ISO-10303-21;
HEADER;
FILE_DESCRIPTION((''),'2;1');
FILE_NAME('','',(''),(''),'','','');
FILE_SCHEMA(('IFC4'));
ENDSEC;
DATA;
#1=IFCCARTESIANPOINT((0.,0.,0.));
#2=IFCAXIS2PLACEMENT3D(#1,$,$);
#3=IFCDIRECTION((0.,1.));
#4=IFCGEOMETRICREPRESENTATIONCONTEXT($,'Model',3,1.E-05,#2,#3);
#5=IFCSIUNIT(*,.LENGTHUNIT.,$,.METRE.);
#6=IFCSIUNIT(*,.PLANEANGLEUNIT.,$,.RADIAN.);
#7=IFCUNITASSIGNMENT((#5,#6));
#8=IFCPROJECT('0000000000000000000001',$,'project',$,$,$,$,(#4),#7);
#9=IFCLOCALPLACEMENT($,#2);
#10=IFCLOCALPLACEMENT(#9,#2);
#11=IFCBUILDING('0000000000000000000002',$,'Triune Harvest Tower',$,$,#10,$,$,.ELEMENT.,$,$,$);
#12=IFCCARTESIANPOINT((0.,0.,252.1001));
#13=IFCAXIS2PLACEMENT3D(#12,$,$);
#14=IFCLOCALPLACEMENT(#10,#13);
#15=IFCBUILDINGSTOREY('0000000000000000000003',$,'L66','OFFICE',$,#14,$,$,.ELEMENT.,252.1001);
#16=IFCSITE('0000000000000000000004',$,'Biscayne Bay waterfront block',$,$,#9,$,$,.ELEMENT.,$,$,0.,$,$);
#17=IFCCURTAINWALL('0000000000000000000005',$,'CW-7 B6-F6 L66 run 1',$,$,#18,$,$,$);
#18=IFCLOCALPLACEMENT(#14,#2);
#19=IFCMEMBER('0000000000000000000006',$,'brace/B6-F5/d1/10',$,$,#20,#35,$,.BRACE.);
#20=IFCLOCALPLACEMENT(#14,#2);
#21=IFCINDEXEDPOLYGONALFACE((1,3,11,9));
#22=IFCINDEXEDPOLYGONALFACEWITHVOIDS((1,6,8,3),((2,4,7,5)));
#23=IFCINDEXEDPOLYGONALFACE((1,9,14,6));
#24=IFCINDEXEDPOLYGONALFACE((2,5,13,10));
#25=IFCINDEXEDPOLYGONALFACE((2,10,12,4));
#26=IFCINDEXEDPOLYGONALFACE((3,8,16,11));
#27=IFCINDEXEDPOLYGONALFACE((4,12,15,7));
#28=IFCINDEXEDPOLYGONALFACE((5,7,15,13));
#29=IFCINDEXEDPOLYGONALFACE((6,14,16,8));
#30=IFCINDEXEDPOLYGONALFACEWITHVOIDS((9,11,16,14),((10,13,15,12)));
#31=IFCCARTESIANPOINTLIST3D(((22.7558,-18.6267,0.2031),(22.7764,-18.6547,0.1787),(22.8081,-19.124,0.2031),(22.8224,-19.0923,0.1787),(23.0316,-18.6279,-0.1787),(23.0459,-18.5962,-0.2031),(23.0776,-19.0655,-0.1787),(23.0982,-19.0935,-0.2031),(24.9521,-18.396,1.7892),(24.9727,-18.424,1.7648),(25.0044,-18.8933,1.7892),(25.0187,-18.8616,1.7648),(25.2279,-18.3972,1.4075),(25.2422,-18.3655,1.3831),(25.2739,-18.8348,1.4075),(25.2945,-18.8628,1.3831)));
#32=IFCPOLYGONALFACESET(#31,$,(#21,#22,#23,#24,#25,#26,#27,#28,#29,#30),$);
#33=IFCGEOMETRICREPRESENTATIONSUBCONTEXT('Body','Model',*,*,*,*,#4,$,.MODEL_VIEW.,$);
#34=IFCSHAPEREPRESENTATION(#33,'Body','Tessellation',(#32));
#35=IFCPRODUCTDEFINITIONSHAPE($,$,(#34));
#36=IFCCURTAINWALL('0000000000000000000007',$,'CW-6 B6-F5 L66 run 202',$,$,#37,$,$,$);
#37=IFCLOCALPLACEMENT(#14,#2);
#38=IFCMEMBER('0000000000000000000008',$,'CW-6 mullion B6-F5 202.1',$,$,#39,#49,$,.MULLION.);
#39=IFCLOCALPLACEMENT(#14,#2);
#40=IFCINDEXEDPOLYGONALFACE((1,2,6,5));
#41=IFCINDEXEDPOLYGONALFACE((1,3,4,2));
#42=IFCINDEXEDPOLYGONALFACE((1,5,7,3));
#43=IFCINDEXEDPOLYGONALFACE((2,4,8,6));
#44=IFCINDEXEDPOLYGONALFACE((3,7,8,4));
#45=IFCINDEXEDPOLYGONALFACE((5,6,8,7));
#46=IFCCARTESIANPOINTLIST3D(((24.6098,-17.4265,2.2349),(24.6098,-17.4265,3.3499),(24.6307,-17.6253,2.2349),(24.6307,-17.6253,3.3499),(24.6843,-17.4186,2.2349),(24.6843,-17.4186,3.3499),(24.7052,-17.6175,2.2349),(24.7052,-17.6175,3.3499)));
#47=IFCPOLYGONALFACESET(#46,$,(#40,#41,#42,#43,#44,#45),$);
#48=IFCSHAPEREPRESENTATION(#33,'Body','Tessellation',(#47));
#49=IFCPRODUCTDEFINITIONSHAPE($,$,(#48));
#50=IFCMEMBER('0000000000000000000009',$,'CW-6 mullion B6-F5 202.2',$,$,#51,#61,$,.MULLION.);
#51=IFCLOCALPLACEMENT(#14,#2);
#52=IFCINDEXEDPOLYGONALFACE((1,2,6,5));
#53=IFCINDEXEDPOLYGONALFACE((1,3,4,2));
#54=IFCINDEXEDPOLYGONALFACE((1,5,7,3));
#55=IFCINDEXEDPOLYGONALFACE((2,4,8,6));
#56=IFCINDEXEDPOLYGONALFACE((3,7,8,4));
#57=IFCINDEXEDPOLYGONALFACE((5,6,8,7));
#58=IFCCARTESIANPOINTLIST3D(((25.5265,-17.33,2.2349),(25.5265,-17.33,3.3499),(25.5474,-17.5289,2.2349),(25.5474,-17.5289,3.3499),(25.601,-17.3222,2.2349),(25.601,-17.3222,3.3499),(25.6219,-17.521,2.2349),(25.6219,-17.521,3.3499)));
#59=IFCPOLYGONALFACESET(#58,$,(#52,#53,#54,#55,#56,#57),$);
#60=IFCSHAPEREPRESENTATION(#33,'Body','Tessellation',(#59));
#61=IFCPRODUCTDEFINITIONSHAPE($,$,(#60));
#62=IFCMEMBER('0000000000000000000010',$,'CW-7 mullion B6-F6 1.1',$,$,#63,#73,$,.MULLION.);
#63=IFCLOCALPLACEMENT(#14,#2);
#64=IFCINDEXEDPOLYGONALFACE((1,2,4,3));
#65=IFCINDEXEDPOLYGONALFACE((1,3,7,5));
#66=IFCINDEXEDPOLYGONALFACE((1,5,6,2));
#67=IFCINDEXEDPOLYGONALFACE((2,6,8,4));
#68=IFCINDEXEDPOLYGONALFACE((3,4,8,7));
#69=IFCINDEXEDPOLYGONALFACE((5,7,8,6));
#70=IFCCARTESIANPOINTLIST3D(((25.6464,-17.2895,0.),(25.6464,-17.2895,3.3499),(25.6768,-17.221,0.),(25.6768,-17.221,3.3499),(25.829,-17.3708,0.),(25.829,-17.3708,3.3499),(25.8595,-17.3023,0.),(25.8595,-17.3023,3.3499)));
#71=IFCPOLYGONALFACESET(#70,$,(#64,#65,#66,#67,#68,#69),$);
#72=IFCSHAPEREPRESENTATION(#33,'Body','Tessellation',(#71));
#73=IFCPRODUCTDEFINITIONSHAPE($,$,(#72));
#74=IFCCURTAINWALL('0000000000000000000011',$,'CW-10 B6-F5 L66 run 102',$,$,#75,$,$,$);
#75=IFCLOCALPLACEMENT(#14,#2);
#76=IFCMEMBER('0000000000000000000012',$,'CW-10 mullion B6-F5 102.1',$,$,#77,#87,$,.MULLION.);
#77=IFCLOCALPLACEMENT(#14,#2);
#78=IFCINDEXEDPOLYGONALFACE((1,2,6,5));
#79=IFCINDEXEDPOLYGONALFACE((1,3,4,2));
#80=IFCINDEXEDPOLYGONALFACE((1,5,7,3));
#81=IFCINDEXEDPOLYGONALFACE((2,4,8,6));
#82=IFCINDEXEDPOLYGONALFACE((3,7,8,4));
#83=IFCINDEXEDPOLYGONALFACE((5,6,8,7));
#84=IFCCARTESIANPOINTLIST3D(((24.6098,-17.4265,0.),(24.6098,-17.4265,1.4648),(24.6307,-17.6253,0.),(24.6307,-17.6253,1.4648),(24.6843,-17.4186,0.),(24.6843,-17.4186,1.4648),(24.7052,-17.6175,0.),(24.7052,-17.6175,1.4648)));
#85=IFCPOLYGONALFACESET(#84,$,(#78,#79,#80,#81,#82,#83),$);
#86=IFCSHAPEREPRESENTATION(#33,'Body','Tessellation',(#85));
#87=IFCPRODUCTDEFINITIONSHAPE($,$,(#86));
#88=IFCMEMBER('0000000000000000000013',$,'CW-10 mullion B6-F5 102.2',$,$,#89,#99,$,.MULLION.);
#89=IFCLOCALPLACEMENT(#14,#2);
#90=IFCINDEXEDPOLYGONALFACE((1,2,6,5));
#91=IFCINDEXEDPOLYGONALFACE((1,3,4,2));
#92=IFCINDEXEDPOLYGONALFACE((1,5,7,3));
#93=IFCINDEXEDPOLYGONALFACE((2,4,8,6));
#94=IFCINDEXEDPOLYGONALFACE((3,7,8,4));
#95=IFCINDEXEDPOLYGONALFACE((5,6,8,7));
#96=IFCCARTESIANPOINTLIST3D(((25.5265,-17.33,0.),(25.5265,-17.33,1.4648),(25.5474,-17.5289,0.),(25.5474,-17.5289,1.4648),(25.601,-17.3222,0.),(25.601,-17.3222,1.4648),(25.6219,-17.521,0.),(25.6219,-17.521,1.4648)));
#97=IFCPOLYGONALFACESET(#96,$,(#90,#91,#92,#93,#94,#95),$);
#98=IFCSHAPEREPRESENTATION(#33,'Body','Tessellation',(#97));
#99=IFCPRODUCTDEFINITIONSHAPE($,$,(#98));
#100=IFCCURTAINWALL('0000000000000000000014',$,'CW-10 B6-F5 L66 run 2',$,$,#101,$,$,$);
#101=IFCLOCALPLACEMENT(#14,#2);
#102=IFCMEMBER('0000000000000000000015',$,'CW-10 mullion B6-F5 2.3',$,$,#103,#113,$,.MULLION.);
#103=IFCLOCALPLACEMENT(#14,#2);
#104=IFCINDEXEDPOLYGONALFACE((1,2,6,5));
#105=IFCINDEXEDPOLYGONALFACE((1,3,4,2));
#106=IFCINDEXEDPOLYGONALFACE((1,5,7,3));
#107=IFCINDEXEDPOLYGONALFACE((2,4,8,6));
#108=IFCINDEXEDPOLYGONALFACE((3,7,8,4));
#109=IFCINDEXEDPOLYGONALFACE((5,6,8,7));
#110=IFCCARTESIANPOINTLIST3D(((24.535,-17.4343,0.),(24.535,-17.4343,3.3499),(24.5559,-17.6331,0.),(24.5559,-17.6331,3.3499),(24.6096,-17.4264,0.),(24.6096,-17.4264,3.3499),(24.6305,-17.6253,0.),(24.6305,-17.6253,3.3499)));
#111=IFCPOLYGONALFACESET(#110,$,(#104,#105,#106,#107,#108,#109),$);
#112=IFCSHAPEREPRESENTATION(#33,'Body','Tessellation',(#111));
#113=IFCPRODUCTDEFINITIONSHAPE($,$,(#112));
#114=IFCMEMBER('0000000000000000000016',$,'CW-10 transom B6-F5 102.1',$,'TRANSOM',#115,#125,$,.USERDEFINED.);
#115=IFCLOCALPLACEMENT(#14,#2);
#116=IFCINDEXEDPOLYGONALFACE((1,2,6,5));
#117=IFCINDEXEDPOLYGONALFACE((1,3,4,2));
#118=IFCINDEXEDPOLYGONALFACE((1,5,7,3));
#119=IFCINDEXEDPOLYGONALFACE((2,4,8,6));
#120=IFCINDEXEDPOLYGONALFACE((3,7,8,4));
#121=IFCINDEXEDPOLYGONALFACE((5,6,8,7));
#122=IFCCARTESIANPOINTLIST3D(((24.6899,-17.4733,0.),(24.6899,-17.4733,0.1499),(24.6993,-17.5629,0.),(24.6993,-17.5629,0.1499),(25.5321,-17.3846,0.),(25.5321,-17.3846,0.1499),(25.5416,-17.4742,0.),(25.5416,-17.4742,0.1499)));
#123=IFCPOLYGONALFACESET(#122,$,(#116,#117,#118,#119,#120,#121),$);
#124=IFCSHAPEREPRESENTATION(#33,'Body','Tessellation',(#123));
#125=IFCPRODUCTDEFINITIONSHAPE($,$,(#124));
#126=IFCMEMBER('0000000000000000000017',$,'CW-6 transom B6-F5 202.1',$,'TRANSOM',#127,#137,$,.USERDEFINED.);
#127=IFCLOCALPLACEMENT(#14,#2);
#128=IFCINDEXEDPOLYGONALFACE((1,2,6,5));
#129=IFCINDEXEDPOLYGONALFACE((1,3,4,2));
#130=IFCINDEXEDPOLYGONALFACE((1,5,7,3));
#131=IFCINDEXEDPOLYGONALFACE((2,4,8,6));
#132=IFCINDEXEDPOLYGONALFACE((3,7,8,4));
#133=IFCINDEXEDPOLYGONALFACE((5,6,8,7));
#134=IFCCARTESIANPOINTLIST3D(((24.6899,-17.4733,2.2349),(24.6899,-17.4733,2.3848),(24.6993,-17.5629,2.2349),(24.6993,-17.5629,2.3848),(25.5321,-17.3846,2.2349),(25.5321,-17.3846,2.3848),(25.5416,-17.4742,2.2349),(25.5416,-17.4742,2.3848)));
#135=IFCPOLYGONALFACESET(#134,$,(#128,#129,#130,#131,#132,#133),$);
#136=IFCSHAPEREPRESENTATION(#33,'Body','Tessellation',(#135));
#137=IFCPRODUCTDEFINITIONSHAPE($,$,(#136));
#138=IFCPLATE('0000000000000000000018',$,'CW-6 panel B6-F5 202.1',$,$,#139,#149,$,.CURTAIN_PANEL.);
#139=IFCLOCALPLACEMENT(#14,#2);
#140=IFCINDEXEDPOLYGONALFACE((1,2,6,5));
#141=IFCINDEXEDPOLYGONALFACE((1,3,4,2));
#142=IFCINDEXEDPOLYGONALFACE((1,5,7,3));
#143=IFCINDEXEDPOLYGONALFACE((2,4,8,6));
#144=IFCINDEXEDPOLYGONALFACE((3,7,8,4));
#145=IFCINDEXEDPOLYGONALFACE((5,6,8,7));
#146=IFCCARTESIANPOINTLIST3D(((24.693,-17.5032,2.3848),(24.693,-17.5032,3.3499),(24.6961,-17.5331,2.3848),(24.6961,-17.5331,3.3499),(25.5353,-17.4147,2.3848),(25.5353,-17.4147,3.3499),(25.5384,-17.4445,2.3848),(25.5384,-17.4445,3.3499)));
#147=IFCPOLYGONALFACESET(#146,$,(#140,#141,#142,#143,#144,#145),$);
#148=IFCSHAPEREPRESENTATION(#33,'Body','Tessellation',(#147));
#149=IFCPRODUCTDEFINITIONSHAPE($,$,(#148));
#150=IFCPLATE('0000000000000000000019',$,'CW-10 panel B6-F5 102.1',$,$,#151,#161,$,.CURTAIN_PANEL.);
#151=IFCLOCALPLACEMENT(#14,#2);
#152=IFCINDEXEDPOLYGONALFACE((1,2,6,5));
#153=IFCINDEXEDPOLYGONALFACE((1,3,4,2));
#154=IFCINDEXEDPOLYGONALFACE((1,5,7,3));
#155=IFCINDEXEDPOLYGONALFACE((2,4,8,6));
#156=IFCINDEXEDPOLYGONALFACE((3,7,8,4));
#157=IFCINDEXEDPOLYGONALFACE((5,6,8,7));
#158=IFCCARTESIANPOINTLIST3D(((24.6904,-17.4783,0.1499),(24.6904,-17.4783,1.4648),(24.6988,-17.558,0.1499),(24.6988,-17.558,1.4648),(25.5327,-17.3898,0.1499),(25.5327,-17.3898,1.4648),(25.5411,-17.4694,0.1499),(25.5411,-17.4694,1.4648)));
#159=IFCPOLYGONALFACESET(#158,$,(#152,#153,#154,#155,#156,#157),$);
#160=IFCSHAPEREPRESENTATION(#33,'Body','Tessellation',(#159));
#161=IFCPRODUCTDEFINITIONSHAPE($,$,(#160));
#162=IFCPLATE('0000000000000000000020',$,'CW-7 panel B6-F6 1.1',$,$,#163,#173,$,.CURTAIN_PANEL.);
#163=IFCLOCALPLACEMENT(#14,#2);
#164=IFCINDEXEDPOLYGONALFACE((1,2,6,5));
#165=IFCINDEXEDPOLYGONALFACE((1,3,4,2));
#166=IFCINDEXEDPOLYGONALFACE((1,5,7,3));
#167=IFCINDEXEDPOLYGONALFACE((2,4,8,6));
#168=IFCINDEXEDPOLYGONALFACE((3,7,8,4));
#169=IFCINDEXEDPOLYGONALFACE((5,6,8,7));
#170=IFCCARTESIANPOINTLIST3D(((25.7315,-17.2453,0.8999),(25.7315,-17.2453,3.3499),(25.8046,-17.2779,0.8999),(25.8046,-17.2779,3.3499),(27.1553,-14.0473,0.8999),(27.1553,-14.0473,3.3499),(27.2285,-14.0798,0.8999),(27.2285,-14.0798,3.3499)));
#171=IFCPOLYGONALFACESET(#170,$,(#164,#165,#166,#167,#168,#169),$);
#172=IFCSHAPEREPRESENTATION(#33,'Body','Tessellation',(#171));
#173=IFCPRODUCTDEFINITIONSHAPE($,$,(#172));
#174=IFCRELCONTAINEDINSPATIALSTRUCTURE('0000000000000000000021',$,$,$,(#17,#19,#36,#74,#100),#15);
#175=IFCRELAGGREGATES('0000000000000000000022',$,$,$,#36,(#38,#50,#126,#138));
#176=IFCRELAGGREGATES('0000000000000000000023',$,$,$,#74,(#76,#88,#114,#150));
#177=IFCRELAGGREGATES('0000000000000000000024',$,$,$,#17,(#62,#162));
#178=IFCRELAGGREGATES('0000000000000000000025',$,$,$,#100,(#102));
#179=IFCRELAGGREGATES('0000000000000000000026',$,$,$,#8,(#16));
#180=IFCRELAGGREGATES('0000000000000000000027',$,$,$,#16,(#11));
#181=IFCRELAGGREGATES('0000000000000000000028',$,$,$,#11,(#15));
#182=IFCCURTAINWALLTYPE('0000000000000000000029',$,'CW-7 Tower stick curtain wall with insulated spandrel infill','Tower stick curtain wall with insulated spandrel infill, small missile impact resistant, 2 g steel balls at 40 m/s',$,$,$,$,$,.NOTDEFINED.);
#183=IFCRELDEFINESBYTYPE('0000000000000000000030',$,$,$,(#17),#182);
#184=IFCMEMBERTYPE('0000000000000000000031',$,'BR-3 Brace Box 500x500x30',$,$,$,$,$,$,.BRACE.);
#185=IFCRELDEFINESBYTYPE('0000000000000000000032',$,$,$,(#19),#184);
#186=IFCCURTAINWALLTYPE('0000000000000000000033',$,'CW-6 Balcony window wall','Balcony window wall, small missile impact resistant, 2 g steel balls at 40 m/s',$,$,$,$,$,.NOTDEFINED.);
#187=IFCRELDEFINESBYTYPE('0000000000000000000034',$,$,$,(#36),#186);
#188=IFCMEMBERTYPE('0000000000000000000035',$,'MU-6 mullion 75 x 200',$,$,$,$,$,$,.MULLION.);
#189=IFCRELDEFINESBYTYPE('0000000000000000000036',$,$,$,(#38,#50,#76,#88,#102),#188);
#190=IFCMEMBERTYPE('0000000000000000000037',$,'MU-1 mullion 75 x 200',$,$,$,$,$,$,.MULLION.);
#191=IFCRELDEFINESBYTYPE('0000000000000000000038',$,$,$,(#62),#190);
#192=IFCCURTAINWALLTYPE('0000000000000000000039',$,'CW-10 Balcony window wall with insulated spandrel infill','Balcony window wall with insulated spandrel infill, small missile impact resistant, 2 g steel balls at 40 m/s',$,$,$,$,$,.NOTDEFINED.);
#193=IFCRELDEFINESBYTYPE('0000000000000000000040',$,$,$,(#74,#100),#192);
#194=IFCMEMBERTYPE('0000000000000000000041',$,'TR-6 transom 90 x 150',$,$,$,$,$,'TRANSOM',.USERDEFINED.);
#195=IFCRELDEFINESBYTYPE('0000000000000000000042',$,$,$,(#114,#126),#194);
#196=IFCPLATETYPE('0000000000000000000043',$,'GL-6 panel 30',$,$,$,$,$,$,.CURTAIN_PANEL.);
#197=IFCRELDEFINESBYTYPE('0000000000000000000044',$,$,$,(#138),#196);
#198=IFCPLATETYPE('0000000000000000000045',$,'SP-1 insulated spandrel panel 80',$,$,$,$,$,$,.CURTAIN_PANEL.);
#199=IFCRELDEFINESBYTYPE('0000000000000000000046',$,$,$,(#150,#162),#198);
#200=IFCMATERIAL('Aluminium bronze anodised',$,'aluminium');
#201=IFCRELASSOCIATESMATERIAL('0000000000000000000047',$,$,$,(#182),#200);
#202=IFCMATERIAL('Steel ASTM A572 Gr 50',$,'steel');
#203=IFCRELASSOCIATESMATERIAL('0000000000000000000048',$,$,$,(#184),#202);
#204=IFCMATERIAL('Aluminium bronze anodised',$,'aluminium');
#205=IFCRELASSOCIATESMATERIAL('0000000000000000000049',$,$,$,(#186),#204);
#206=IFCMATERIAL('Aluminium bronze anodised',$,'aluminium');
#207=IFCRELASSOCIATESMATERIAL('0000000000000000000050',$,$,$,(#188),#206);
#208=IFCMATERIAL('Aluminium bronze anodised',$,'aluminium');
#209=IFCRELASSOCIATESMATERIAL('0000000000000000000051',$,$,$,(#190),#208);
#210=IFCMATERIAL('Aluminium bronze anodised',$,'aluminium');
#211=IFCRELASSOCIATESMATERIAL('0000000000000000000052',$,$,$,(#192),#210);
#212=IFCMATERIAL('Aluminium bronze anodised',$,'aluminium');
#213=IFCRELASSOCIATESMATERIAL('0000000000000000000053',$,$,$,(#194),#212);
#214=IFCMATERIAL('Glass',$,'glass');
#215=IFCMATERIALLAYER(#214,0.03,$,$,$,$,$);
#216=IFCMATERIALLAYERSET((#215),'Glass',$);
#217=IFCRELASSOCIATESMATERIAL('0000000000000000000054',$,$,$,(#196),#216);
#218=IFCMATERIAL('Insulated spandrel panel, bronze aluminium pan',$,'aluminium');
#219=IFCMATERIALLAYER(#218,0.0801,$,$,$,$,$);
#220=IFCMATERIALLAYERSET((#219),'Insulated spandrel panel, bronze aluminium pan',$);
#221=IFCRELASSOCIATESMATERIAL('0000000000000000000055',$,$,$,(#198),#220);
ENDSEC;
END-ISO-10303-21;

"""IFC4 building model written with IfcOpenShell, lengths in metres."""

from ifc_helpers import new_model, si_unit, direction, frame, origin, origin_2d, place, context, subcontext, project, spatial, rectangle, hollow_rectangle, extrude, source, transform, mapped, material, layer, layer_set, material_profile, profile_set, type_object, element, aggregate, save


model = new_model("IFC4")

# Units and contexts
model_context = context("Model", 3, precision=1e-05, world=origin(), true_north=direction((0.0, 1.0)))
body_context = subcontext(model_context, "Body", "Model", "MODEL_VIEW")
ifc_project = project(units=[si_unit("LENGTHUNIT", "METRE"), si_unit("PLANEANGLEUNIT", "RADIAN")], contexts=[model_context])

# Site, building, storey
site_placement = place(None, origin())
site = spatial("IfcSite", under=ifc_project, at=site_placement, Name="Biscayne Bay waterfront block", CompositionType="ELEMENT", RefElevation=0.0)
building_placement = place(site_placement, origin())
building = spatial("IfcBuilding", under=site, at=building_placement, Name="Triune Harvest Tower", CompositionType="ELEMENT")
storey_placement = place(building_placement, frame((0.0, 0.0, 252.1001)))
storey = spatial("IfcBuildingStorey", under=building, at=storey_placement, Name="L66", Description="OFFICE", CompositionType="ELEMENT", Elevation=252.1001)

# Curtain wall
ifc_material_1 = material(Name="Aluminium bronze anodised", Category="aluminium")
curtain_wall_type_1 = type_object("IfcCurtainWallType", Name="CW-7 Tower stick curtain wall with insulated spandrel infill", Description="Tower stick curtain wall with insulated spandrel infill, small missile impact resistant, 2 g steel balls at 40 m/s", PredefinedType="NOTDEFINED", material=ifc_material_1)
curtain_wall_1_placement = place(storey_placement, origin())
curtain_wall_1 = element("IfcCurtainWall", 1, at=curtain_wall_1_placement, inside=storey, type_object=curtain_wall_type_1, Name="CW-7 B6-F6 L66 run 1")

# Member
ifc_material_2 = material(Name="Steel ASTM A572 Gr 50", Category="steel")
ifc_material_profile_1 = material_profile(ifc_material_2, hollow_rectangle(XDim=0.5, YDim=0.5, WallThickness=0.03, at=origin_2d()), Name="Box 500x500x30")
ifc_profile_set_1 = profile_set([ifc_material_profile_1], Name="Steel ASTM A572 Gr 50")
member_type_1 = type_object("IfcMemberType", Name="BR-3 Brace Box 500x500x30", PredefinedType="BRACE", material=ifc_profile_set_1)
shared_shape_1 = source(origin(), body_context, "Body", "SweptSolid", [
    extrude(hollow_rectangle(XDim=0.5, YDim=0.5, WallThickness=0.03, at=origin_2d()), origin(), (0.0, 0.0, 1.0), 2.719),
])
member_1_placement = place(storey_placement, frame((22.927, -18.8601, 0.0), z_axis=(0.80776, 0.084853, 0.583372), x_axis=(-0.104472, 0.994528, 0.0)))
element("IfcMember", 2, at=member_1_placement, inside=storey, type_object=member_type_1, Name="brace/B6-F5/d1/10", PredefinedType="BRACE", context=body_context, shape_type="MappedRepresentation", body=[
    mapped(shared_shape_1, transform((0.0, 0.0, 0.0), scale=1.0)),
])

# Curtain wall, members
ifc_material_3 = material(Name="Aluminium bronze anodised", Category="aluminium")
curtain_wall_type_2 = type_object("IfcCurtainWallType", Name="CW-6 Balcony window wall", Description="Balcony window wall, small missile impact resistant, 2 g steel balls at 40 m/s", PredefinedType="NOTDEFINED", material=ifc_material_3)
curtain_wall_2_placement = place(storey_placement, origin())
curtain_wall_2 = element("IfcCurtainWall", 3, at=curtain_wall_2_placement, inside=storey, type_object=curtain_wall_type_2, Name="CW-6 B6-F5 L66 run 202")
ifc_material_4 = material(Name="Aluminium bronze anodised", Category="aluminium")
ifc_material_profile_2 = material_profile(ifc_material_4, rectangle(XDim=0.2, YDim=0.075, at=origin_2d()), Name="MU-6 mullion 75 x 200")
ifc_profile_set_2 = profile_set([ifc_material_profile_2], Name="Aluminium bronze anodised")
member_type_2 = type_object("IfcMemberType", Name="MU-6 mullion 75 x 200", PredefinedType="MULLION", material=ifc_profile_set_2)
shared_shape_2 = source(origin(), body_context, "Body", "SweptSolid", [
    extrude(rectangle(XDim=0.2, YDim=0.075, at=origin_2d()), origin(), (0.0, 0.0, 1.0), 1.115),
])
member_2_placement = place(storey_placement, frame((24.6575, -17.522, 2.2349), z_axis=(0.0, 0.0, 1.0), x_axis=(-0.104528, 0.994522, 0.0)))
member_2 = element("IfcMember", 4, at=member_2_placement, type_object=member_type_2, Name="CW-6 mullion B6-F5 202.1", PredefinedType="MULLION", context=body_context, shape_type="MappedRepresentation", body=[
    mapped(shared_shape_2, transform((0.0, 0.0, 0.0), scale=1.0)),
])
member_3_placement = place(storey_placement, frame((25.5742, -17.4255, 2.2349), z_axis=(0.0, 0.0, 1.0), x_axis=(-0.104528, 0.994522, 0.0)))
member_3 = element("IfcMember", 5, at=member_3_placement, type_object=member_type_2, Name="CW-6 mullion B6-F5 202.2", PredefinedType="MULLION", context=body_context, shape_type="MappedRepresentation", body=[
    mapped(shared_shape_2, transform((0.0, 0.0, 0.0), scale=1.0)),
])

# Member
ifc_material_5 = material(Name="Aluminium bronze anodised", Category="aluminium")
ifc_material_profile_3 = material_profile(ifc_material_5, rectangle(XDim=0.2, YDim=0.075, at=origin_2d()), Name="MU-1 mullion 75 x 200")
ifc_profile_set_3 = profile_set([ifc_material_profile_3], Name="Aluminium bronze anodised")
member_type_3 = type_object("IfcMemberType", Name="MU-1 mullion 75 x 200", PredefinedType="MULLION", material=ifc_profile_set_3)
shared_shape_3 = source(origin(), body_context, "Body", "SweptSolid", [
    extrude(rectangle(XDim=0.2, YDim=0.075, at=origin_2d()), origin(), (0.0, 0.0, 1.0), 3.3499),
])
member_4_placement = place(storey_placement, frame((25.7529, -17.2959, 0.0), z_axis=(0.0, 0.0, 1.0), x_axis=(-0.913544, 0.406739, 0.0)))
member_4 = element("IfcMember", 6, at=member_4_placement, type_object=member_type_3, Name="CW-7 mullion B6-F6 1.1", PredefinedType="MULLION", context=body_context, shape_type="MappedRepresentation", body=[
    mapped(shared_shape_3, transform((0.0, 0.0, 0.0), scale=1.0)),
])

# Curtain wall, members
ifc_material_6 = material(Name="Aluminium bronze anodised", Category="aluminium")
curtain_wall_type_3 = type_object("IfcCurtainWallType", Name="CW-10 Balcony window wall with insulated spandrel infill", Description="Balcony window wall with insulated spandrel infill, small missile impact resistant, 2 g steel balls at 40 m/s", PredefinedType="NOTDEFINED", material=ifc_material_6)
curtain_wall_3_placement = place(storey_placement, origin())
curtain_wall_3 = element("IfcCurtainWall", 7, at=curtain_wall_3_placement, inside=storey, type_object=curtain_wall_type_3, Name="CW-10 B6-F5 L66 run 102")
shared_shape_4 = source(origin(), body_context, "Body", "SweptSolid", [
    extrude(rectangle(XDim=0.2, YDim=0.075, at=origin_2d()), origin(), (0.0, 0.0, 1.0), 1.4648),
])
member_5_placement = place(storey_placement, frame((24.6575, -17.522, 0.0), z_axis=(0.0, 0.0, 1.0), x_axis=(-0.104528, 0.994522, 0.0)))
member_5 = element("IfcMember", 8, at=member_5_placement, type_object=member_type_2, Name="CW-10 mullion B6-F5 102.1", PredefinedType="MULLION", context=body_context, shape_type="MappedRepresentation", body=[
    mapped(shared_shape_4, transform((0.0, 0.0, 0.0), scale=1.0)),
])
member_6_placement = place(storey_placement, frame((25.5742, -17.4255, 0.0), z_axis=(0.0, 0.0, 1.0), x_axis=(-0.104528, 0.994522, 0.0)))
member_6 = element("IfcMember", 9, at=member_6_placement, type_object=member_type_2, Name="CW-10 mullion B6-F5 102.2", PredefinedType="MULLION", context=body_context, shape_type="MappedRepresentation", body=[
    mapped(shared_shape_4, transform((0.0, 0.0, 0.0), scale=1.0)),
])

# Curtain wall, member
curtain_wall_4_placement = place(storey_placement, origin())
curtain_wall_4 = element("IfcCurtainWall", 10, at=curtain_wall_4_placement, inside=storey, type_object=curtain_wall_type_3, Name="CW-10 B6-F5 L66 run 2")
shared_shape_5 = source(origin(), body_context, "Body", "SweptSolid", [
    extrude(rectangle(XDim=0.2, YDim=0.075, at=origin_2d()), origin(), (0.0, 0.0, 1.0), 3.3499),
])
member_7_placement = place(storey_placement, frame((24.5828, -17.5298, 0.0), z_axis=(0.0, 0.0, 1.0), x_axis=(-0.104533, 0.994521, 0.0)))
member_7 = element("IfcMember", 11, at=member_7_placement, type_object=member_type_2, Name="CW-10 mullion B6-F5 2.3", PredefinedType="MULLION", context=body_context, shape_type="MappedRepresentation", body=[
    mapped(shared_shape_5, transform((0.0, 0.0, 0.0), scale=1.0)),
])

# Members
ifc_material_7 = material(Name="Aluminium bronze anodised", Category="aluminium")
ifc_material_profile_4 = material_profile(ifc_material_7, rectangle(XDim=0.0901, YDim=0.1499, at=origin_2d()), Name="TR-6 transom 90 x 150")
ifc_profile_set_4 = profile_set([ifc_material_profile_4], Name="Aluminium bronze anodised")
member_type_4 = type_object("IfcMemberType", Name="TR-6 transom 90 x 150", ElementType="TRANSOM", PredefinedType="USERDEFINED", material=ifc_profile_set_4)
shared_shape_6 = source(origin(), body_context, "Body", "SweptSolid", [
    extrude(rectangle(XDim=0.0901, YDim=0.1499, at=origin_2d()), origin(), (0.0, 0.0, 1.0), 0.8469),
])
member_8_placement = place(storey_placement, frame((24.6946, -17.5181, 0.075), z_axis=(0.99451, 0.10464, 0.0), x_axis=(-0.10464, 0.99451, 0.0)))
member_8 = element("IfcMember", 12, at=member_8_placement, type_object=member_type_4, Name="CW-10 transom B6-F5 102.1", ObjectType="TRANSOM", PredefinedType="USERDEFINED", context=body_context, shape_type="MappedRepresentation", body=[
    mapped(shared_shape_6, transform((0.0, 0.0, 0.0), scale=1.0)),
])
member_9_placement = place(storey_placement, frame((24.6946, -17.5181, 2.3098), z_axis=(0.99451, 0.10464, 0.0), x_axis=(-0.10464, 0.99451, 0.0)))
member_9 = element("IfcMember", 13, at=member_9_placement, type_object=member_type_4, Name="CW-6 transom B6-F5 202.1", ObjectType="TRANSOM", PredefinedType="USERDEFINED", context=body_context, shape_type="MappedRepresentation", body=[
    mapped(shared_shape_6, transform((0.0, 0.0, 0.0), scale=1.0)),
])

# Plates
ifc_material_8 = material(Name="Glass", Category="glass")
ifc_layer_1 = layer(ifc_material_8, 0.03)
ifc_layer_set_1 = layer_set([ifc_layer_1], Name="Glass")
plate_type_1 = type_object("IfcPlateType", Name="GL-6 panel 30", PredefinedType="CURTAIN_PANEL", material=ifc_layer_set_1)
plate_1_placement = place(storey_placement, frame((25.1157, -17.4739, 2.3848), z_axis=(0.0, 0.0, 1.0), x_axis=(0.994522, 0.104528, 0.0)))
plate_1 = element("IfcPlate", 14, at=plate_1_placement, type_object=plate_type_1, Name="CW-6 panel B6-F5 202.1", PredefinedType="CURTAIN_PANEL", context=body_context, shape_type="SweptSolid", body=[
    extrude(rectangle(XDim=0.8469, YDim=0.03, at=origin_2d()), origin(), (0.0, 0.0, 1.0), 0.9651),
])
aggregate(curtain_wall_2, [member_2, member_3, member_9, plate_1])
ifc_material_9 = material(Name="Insulated spandrel panel, bronze aluminium pan", Category="aluminium")
ifc_layer_2 = layer(ifc_material_9, 0.0801)
ifc_layer_set_2 = layer_set([ifc_layer_2], Name="Insulated spandrel panel, bronze aluminium pan")
plate_type_2 = type_object("IfcPlateType", Name="SP-1 insulated spandrel panel 80", PredefinedType="CURTAIN_PANEL", material=ifc_layer_set_2)
plate_2_placement = place(storey_placement, frame((25.1157, -17.4739, 0.1499), z_axis=(0.0, 0.0, 1.0), x_axis=(0.994522, 0.104528, 0.0)))
plate_2 = element("IfcPlate", 15, at=plate_2_placement, type_object=plate_type_2, Name="CW-10 panel B6-F5 102.1", PredefinedType="CURTAIN_PANEL", context=body_context, shape_type="SweptSolid", body=[
    extrude(rectangle(XDim=0.8469, YDim=0.0801, at=origin_2d()), origin(), (0.0, 0.0, 1.0), 1.3149),
])
aggregate(curtain_wall_3, [member_5, member_6, member_8, plate_2])
shared_shape_7 = source(origin(), body_context, "Body", "SweptSolid", [
    extrude(rectangle(XDim=3.5007, YDim=0.0801, at=origin_2d()), origin(), (0.0, 0.0, 1.0), 2.45),
])
plate_3_placement = place(storey_placement, frame((26.48, -15.6626, 0.8999), z_axis=(0.0, 0.0, 1.0), x_axis=(0.406739, 0.913544, 0.0)))
plate_3 = element("IfcPlate", 16, at=plate_3_placement, type_object=plate_type_2, Name="CW-7 panel B6-F6 1.1", PredefinedType="CURTAIN_PANEL", context=body_context, shape_type="MappedRepresentation", body=[
    mapped(shared_shape_7, transform((0.0, 0.0, 0.0), scale=1.0)),
])
aggregate(curtain_wall_1, [member_4, plate_3])
aggregate(curtain_wall_4, [member_7])

save(model, "model.ifc")
